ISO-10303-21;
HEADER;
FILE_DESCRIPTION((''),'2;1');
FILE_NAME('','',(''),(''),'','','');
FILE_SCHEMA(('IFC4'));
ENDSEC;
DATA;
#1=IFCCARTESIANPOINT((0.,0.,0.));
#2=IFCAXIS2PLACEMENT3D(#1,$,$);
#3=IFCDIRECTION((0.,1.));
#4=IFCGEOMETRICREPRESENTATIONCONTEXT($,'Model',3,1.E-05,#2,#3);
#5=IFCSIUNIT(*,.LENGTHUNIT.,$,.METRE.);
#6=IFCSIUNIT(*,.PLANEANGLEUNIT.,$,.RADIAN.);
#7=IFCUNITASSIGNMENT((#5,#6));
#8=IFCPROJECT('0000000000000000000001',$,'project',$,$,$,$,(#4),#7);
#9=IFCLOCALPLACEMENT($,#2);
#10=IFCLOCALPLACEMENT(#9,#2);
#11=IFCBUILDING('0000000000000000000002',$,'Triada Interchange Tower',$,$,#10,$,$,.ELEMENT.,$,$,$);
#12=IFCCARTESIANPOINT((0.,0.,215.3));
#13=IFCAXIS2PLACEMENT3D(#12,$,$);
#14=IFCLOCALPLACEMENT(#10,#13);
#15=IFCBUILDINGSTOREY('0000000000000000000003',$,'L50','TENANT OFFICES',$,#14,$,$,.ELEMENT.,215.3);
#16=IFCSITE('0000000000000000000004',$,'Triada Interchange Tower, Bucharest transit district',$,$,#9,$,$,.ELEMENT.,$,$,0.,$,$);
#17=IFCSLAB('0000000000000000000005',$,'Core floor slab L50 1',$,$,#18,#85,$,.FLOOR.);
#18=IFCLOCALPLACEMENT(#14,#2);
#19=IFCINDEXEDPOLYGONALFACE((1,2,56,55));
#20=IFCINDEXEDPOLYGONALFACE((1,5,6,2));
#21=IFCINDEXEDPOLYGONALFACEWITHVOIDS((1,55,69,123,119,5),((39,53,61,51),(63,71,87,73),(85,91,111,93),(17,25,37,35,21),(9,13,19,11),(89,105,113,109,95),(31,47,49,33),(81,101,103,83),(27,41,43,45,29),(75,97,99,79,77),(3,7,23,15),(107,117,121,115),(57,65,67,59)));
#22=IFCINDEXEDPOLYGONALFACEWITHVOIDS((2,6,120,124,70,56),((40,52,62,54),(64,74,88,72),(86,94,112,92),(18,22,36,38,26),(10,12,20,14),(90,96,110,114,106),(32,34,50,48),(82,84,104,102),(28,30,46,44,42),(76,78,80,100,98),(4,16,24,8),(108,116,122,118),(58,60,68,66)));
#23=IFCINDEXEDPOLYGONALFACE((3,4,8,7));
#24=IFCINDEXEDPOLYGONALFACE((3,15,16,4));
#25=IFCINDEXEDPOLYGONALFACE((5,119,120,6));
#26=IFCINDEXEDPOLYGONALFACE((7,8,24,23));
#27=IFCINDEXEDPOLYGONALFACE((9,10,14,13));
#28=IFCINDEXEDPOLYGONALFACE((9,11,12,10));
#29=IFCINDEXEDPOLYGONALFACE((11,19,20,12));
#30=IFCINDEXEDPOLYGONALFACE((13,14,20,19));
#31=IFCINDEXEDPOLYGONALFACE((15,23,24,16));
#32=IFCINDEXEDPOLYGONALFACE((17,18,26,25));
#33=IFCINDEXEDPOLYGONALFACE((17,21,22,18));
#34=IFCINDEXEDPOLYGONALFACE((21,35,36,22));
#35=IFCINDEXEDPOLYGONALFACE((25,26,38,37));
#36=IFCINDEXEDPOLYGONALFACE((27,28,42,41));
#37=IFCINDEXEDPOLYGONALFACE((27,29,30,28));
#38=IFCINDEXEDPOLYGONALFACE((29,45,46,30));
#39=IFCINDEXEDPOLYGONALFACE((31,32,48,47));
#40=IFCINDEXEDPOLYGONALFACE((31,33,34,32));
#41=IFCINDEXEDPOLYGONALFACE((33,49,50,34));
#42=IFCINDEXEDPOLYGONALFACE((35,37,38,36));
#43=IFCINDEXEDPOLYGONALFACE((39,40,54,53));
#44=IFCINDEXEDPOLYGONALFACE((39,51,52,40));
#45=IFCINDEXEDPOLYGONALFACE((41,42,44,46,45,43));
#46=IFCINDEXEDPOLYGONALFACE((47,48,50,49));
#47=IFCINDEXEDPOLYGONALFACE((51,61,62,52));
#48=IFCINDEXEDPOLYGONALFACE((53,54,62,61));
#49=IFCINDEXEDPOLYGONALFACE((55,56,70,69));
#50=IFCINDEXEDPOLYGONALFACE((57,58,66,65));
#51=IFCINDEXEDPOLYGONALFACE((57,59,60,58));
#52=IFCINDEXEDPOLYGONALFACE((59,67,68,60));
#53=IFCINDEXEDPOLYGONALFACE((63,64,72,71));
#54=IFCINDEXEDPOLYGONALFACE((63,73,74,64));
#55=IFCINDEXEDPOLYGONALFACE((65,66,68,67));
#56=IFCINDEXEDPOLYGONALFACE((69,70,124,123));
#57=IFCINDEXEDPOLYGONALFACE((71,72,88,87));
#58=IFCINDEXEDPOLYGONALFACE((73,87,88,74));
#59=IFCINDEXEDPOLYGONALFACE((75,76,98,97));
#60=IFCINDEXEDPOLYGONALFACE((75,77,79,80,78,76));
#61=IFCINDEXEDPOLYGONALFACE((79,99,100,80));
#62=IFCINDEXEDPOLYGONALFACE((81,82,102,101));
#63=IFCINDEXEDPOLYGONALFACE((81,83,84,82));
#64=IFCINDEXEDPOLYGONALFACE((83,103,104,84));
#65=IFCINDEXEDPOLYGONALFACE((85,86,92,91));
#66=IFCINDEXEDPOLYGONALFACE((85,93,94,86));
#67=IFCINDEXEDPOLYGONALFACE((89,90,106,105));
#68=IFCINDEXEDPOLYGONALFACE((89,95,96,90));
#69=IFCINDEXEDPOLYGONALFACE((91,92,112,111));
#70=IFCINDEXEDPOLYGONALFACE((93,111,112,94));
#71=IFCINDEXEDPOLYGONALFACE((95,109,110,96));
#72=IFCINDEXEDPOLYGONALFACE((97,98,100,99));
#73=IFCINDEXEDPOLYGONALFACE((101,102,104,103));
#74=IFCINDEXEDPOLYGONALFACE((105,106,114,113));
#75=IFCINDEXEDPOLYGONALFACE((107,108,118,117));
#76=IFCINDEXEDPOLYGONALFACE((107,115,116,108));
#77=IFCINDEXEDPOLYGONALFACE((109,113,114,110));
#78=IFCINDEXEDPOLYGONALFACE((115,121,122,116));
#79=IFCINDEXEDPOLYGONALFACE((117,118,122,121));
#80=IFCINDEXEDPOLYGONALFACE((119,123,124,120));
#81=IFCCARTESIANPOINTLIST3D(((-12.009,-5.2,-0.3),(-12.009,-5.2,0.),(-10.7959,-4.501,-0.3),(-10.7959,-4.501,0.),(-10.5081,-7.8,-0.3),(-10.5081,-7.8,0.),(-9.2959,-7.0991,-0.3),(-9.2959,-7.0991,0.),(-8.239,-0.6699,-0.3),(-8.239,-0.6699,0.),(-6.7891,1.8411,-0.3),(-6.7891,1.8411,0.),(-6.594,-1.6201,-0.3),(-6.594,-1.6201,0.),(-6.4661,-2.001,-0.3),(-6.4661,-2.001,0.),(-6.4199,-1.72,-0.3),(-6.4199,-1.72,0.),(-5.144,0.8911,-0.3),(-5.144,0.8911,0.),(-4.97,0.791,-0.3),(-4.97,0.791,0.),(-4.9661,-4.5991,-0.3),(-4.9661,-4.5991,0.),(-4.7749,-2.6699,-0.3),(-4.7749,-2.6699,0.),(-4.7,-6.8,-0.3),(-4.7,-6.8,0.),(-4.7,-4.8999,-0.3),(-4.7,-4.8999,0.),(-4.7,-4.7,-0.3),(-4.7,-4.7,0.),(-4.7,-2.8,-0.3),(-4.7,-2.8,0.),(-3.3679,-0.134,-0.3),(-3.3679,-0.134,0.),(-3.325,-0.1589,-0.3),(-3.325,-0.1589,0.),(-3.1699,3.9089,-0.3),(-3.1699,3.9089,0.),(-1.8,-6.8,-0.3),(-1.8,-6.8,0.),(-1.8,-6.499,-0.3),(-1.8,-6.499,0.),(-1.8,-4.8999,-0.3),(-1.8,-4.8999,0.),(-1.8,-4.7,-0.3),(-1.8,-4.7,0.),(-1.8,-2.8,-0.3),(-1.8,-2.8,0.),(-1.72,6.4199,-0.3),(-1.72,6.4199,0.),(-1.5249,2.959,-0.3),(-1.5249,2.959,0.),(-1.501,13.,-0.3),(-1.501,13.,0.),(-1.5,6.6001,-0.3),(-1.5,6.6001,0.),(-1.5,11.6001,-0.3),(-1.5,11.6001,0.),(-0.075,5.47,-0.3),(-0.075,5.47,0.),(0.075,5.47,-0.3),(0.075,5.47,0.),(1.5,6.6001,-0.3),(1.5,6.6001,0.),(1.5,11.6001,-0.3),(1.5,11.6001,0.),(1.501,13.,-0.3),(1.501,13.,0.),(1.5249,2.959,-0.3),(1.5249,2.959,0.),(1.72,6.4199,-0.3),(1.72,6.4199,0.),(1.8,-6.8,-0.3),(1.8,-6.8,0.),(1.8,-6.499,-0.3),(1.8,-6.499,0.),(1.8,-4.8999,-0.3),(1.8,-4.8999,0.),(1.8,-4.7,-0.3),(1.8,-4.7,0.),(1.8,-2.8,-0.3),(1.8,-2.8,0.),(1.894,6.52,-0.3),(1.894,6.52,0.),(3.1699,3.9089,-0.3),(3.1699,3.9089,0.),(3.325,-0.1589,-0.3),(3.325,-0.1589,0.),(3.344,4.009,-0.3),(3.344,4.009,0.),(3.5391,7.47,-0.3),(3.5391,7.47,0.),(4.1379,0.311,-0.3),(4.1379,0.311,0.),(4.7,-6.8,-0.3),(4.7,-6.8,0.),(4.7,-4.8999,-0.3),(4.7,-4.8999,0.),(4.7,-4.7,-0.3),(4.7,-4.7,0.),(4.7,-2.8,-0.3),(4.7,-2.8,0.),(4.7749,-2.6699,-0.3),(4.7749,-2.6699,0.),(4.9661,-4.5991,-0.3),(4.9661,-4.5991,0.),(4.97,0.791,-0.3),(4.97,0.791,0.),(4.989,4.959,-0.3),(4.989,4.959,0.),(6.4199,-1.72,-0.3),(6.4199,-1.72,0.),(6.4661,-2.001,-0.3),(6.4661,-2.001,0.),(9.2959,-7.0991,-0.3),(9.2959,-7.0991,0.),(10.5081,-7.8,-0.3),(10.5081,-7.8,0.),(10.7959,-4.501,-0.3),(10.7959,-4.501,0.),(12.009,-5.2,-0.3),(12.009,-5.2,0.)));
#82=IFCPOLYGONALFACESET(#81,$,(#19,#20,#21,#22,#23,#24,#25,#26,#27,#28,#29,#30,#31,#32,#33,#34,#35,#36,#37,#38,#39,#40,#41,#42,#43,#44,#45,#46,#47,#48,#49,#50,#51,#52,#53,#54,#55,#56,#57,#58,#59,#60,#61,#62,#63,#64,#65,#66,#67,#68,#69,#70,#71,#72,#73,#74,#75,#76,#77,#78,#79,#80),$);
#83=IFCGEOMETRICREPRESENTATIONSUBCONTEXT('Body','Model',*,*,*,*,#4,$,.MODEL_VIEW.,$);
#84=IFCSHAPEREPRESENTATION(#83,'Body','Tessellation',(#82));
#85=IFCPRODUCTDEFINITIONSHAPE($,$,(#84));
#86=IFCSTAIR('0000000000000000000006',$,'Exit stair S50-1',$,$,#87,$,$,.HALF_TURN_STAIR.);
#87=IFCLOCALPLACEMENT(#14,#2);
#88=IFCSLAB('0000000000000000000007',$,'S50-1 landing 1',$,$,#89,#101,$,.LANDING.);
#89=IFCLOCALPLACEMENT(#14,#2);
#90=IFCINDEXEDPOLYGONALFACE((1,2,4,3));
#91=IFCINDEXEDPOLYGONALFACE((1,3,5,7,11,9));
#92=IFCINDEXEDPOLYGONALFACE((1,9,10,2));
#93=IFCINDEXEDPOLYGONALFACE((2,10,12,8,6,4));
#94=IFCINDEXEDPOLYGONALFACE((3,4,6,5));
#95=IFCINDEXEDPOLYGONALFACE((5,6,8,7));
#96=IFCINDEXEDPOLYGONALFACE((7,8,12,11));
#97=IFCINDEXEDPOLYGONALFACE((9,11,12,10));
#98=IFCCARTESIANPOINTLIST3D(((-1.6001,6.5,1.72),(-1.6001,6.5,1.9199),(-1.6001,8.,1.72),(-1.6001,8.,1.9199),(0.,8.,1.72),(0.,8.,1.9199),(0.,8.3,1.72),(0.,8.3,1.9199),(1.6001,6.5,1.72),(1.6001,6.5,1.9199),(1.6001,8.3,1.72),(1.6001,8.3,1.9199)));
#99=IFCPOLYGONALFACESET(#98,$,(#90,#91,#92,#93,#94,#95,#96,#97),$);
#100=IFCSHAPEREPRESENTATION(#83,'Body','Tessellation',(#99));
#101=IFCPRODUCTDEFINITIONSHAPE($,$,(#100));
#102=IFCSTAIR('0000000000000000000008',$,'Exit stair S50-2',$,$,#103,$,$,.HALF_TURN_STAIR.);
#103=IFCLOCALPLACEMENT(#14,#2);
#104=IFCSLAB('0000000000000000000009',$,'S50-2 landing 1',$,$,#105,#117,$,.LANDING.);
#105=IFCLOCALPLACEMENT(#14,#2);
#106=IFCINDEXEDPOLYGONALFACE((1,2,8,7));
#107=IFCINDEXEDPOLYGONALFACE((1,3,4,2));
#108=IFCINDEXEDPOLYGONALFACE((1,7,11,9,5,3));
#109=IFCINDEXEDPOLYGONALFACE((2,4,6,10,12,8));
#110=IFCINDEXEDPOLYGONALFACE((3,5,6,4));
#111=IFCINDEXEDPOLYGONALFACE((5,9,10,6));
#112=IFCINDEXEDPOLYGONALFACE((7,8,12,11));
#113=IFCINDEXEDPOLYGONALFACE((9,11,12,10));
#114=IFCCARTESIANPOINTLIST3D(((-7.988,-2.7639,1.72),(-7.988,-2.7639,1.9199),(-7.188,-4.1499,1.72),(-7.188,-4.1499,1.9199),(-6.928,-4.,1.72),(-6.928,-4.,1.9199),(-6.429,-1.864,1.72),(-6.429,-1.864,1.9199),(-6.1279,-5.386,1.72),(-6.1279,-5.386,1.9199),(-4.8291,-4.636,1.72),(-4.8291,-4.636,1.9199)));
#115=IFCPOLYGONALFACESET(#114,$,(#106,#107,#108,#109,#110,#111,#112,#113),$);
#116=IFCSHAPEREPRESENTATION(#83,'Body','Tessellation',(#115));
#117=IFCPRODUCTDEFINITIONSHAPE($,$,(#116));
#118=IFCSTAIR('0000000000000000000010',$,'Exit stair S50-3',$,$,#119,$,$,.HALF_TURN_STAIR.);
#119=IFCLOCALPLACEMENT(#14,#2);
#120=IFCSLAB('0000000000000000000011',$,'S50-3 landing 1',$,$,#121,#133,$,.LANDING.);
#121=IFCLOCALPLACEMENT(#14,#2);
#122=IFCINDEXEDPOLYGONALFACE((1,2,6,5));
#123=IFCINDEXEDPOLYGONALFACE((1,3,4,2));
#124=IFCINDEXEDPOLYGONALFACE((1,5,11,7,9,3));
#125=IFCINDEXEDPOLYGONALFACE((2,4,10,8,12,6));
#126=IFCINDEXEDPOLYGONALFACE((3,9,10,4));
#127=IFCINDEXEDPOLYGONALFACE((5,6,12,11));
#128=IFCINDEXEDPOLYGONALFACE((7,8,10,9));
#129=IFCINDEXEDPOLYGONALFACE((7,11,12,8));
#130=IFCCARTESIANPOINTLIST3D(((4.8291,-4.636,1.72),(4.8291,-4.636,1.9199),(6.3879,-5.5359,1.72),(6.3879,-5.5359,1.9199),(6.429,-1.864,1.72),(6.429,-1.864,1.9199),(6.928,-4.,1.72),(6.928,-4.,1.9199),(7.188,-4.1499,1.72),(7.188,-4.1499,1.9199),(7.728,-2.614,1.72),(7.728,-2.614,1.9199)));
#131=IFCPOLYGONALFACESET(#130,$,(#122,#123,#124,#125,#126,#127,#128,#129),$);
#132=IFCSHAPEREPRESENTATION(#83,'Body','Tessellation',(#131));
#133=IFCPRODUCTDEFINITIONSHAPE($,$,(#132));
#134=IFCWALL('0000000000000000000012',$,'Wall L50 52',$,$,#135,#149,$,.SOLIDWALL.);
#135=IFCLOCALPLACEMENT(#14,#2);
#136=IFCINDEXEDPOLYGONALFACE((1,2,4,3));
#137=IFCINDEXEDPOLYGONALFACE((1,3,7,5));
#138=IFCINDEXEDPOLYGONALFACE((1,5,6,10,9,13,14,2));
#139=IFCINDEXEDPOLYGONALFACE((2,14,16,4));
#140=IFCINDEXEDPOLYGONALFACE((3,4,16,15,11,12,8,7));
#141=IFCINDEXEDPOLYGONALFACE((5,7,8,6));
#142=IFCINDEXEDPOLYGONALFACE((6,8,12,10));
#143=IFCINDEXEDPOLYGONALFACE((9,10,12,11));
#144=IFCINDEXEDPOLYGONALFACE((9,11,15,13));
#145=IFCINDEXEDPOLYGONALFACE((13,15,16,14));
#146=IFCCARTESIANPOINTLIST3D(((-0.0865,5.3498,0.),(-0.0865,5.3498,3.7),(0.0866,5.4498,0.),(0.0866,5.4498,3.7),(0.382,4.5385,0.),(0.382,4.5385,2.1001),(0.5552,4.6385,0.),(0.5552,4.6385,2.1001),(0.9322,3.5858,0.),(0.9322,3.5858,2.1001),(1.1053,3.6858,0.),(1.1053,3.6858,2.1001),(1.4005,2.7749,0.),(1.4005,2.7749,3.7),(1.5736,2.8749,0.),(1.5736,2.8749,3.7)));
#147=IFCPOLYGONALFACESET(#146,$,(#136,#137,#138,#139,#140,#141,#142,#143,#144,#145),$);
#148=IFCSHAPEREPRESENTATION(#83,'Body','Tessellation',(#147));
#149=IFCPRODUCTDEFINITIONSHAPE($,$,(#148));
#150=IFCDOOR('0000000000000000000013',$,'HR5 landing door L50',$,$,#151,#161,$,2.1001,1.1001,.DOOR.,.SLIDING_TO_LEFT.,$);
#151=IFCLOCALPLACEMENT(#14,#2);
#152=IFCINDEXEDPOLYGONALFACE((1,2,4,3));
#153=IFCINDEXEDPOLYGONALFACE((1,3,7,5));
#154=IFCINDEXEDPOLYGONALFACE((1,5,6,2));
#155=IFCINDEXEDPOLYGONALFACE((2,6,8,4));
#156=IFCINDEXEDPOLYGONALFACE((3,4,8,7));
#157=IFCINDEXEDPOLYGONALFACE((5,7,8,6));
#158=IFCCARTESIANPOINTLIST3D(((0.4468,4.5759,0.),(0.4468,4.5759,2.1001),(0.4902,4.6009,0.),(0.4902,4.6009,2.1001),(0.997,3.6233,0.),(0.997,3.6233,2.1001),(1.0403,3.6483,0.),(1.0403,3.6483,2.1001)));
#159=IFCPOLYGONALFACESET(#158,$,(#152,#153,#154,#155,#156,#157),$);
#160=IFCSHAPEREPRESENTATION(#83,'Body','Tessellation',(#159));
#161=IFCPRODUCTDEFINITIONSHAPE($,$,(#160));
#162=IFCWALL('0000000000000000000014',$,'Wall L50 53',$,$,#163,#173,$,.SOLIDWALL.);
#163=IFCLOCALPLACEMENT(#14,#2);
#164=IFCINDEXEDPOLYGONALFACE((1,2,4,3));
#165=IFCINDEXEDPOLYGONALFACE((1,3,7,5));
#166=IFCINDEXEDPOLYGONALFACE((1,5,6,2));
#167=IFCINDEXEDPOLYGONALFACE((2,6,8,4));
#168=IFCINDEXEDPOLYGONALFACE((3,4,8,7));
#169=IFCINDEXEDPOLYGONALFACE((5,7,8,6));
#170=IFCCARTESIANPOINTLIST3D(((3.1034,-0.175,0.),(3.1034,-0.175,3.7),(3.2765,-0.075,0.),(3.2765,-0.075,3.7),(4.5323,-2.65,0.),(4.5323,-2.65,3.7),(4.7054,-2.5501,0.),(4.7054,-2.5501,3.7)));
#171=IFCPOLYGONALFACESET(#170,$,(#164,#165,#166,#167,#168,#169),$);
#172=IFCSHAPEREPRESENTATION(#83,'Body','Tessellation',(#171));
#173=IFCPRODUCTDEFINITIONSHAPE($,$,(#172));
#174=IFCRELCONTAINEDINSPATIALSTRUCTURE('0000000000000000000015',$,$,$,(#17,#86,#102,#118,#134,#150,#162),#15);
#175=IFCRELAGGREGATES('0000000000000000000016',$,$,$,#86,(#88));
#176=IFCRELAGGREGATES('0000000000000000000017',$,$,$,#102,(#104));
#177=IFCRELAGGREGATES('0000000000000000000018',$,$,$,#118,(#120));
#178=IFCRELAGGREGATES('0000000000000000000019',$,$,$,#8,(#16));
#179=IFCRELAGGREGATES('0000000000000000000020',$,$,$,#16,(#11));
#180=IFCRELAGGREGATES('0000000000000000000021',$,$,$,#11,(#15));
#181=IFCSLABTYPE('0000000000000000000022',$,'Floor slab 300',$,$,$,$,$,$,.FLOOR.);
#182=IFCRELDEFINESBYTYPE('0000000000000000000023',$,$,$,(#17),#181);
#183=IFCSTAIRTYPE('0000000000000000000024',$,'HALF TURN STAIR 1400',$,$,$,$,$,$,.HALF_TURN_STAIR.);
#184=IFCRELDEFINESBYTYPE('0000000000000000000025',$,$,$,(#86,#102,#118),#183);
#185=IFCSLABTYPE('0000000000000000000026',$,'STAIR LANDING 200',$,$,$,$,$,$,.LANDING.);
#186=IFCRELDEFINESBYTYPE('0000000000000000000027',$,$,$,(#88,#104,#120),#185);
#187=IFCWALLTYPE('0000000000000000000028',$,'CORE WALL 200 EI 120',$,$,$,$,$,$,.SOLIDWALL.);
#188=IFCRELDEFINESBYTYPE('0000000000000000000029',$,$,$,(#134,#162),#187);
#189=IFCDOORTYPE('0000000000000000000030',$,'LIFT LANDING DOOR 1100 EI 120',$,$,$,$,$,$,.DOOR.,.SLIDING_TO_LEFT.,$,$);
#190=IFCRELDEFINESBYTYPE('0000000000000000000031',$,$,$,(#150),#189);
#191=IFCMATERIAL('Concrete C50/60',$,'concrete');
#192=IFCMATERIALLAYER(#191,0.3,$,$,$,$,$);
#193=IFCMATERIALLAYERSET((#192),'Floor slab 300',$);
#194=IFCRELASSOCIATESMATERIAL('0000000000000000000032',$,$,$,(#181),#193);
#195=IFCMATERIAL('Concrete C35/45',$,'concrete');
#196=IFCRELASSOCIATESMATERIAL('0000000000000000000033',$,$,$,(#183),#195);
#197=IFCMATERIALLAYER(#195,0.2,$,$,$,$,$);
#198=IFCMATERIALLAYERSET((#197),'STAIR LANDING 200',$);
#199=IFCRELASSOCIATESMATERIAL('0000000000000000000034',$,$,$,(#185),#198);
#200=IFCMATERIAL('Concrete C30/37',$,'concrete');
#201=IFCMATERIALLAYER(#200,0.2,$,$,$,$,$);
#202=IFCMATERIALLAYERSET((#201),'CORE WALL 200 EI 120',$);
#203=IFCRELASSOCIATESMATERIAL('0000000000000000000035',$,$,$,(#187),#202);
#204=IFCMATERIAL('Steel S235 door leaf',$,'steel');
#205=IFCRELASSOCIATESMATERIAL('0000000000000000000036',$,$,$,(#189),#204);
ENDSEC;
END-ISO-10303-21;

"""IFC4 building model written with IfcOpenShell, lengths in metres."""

from ifc_helpers import new_model, si_unit, direction, frame, frame_2d, origin, place, context, subcontext, project, spatial, polyline, rectangle, outline, extrude, material, layer, layer_set, type_object, element, fill, aggregate, save


model = new_model("IFC4")

# Units and contexts
model_context = context("Model", 3, precision=1e-05, world=origin(), true_north=direction((0.0, 1.0)))
body_context = subcontext(model_context, "Body", "Model", "MODEL_VIEW")
ifc_project = project(units=[si_unit("LENGTHUNIT", "METRE"), si_unit("PLANEANGLEUNIT", "RADIAN")], contexts=[model_context])

# Site, building, storey
site_placement = place(None, origin())
site = spatial("IfcSite", under=ifc_project, at=site_placement, Name="Triada Interchange Tower, Bucharest transit district", CompositionType="ELEMENT", RefElevation=0.0)
building_placement = place(site_placement, origin())
building = spatial("IfcBuilding", under=site, at=building_placement, Name="Triada Interchange Tower", CompositionType="ELEMENT")
storey_placement = place(building_placement, frame((0.0, 0.0, 215.3)))
storey = spatial("IfcBuildingStorey", under=building, at=storey_placement, Name="L50", Description="TENANT OFFICES", CompositionType="ELEMENT", Elevation=215.3)

# Slab
ifc_material_1 = material(Name="Concrete C50/60", Category="concrete")
ifc_layer_1 = layer(ifc_material_1, 0.3)
ifc_layer_set_1 = layer_set([ifc_layer_1], Name="Floor slab 300")
slab_type_1 = type_object("IfcSlabType", Name="Floor slab 300", PredefinedType="FLOOR", material=ifc_layer_set_1)
slab_1_placement = place(storey_placement, frame((0.0, 0.0, -0.3)))
element("IfcSlab", 1, at=slab_1_placement, inside=storey, type_object=slab_type_1, Name="Core floor slab L50 1", PredefinedType="FLOOR", context=body_context, shape_type="SweptSolid", body=[
    extrude(outline(polyline([(12.009, -5.2), (10.5081, -7.8), (-10.5081, -7.8), (-12.009, -5.2), (-1.501, 13.0), (1.501, 13.0), (12.009, -5.2)]), holes=[polyline([(9.2959, -7.0991), (10.7959, -4.501), (6.4661, -2.001), (4.9661, -4.5991), (9.2959, -7.0991)]), polyline([(4.7749, -2.6699), (6.4199, -1.72), (4.97, 0.791), (4.1379, 0.311), (3.325, -0.1589), (4.7749, -2.6699)]), polyline([(1.894, 6.52), (3.344, 4.009), (4.989, 4.959), (3.5391, 7.47), (1.894, 6.52)]), polyline([(1.8, -4.8999), (1.8, -6.499), (1.8, -6.8), (4.7, -6.8), (4.7, -4.8999), (1.8, -4.8999)]), polyline([(4.7, -2.8), (1.8, -2.8), (1.8, -4.7), (4.7, -4.7), (4.7, -2.8)]), polyline([(0.075, 5.47), (1.5249, 2.959), (3.1699, 3.9089), (1.72, 6.4199), (0.075, 5.47)]), polyline([(-1.5, 11.6001), (-1.5, 6.6001), (1.5, 6.6001), (1.5, 11.6001), (-1.5, 11.6001)]), polyline([(-1.5249, 2.959), (-0.075, 5.47), (-1.72, 6.4199), (-3.1699, 3.9089), (-1.5249, 2.959)]), polyline([(-1.8, -2.8), (-4.7, -2.8), (-4.7, -4.7), (-1.8, -4.7), (-1.8, -2.8)]), polyline([(-4.7, -6.8), (-1.8, -6.8), (-1.8, -6.499), (-1.8, -4.8999), (-4.7, -4.8999), (-4.7, -6.8)]), polyline([(-3.3679, -0.134), (-4.97, 0.791), (-6.4199, -1.72), (-4.7749, -2.6699), (-3.325, -0.1589), (-3.3679, -0.134)]), polyline([(-10.7959, -4.501), (-9.2959, -7.0991), (-4.9661, -4.5991), (-6.4661, -2.001), (-10.7959, -4.501)]), polyline([(-6.594, -1.6201), (-5.144, 0.8911), (-6.7891, 1.8411), (-8.239, -0.6699), (-6.594, -1.6201)])]), origin(), (0.0, 0.0, 1.0), 0.3),
])

# Stairs, slabs
ifc_material_2 = material(Name="Concrete C35/45", Category="concrete")
stair_type = type_object("IfcStairType", Name="HALF TURN STAIR 1400", PredefinedType="HALF_TURN_STAIR", material=ifc_material_2)
stair_1_placement = place(storey_placement, origin())
stair_1 = element("IfcStair", 2, at=stair_1_placement, inside=storey, type_object=stair_type, Name="Exit stair S50-1", PredefinedType="HALF_TURN_STAIR")
ifc_layer_2 = layer(ifc_material_2, 0.2)
ifc_layer_set_2 = layer_set([ifc_layer_2], Name="STAIR LANDING 200")
slab_type_2 = type_object("IfcSlabType", Name="STAIR LANDING 200", PredefinedType="LANDING", material=ifc_layer_set_2)
slab_2_placement = place(storey_placement, frame((0.0, 0.0, 1.72)))
slab_2 = element("IfcSlab", 3, at=slab_2_placement, type_object=slab_type_2, Name="S50-1 landing 1", PredefinedType="LANDING", context=body_context, shape_type="SweptSolid", body=[
    extrude(outline(polyline([(1.6001, 6.5), (1.6001, 8.3), (0.0, 8.3), (0.0, 8.0), (-1.6001, 8.0), (-1.6001, 6.5), (1.6001, 6.5)])), origin(), (0.0, 0.0, 1.0), 0.2),
])
aggregate(stair_1, [slab_2])
stair_2_placement = place(storey_placement, origin())
stair_2 = element("IfcStair", 4, at=stair_2_placement, inside=storey, type_object=stair_type, Name="Exit stair S50-2", PredefinedType="HALF_TURN_STAIR")
slab_3_placement = place(storey_placement, frame((0.0, 0.0, 1.72)))
slab_3 = element("IfcSlab", 5, at=slab_3_placement, type_object=slab_type_2, Name="S50-2 landing 1", PredefinedType="LANDING", context=body_context, shape_type="SweptSolid", body=[
    extrude(outline(polyline([(-6.429, -1.864), (-7.988, -2.7639), (-7.188, -4.1499), (-6.928, -4.0), (-6.1279, -5.386), (-4.8291, -4.636), (-6.429, -1.864)])), origin(), (0.0, 0.0, 1.0), 0.2),
])
aggregate(stair_2, [slab_3])
stair_3_placement = place(storey_placement, origin())
stair_3 = element("IfcStair", 6, at=stair_3_placement, inside=storey, type_object=stair_type, Name="Exit stair S50-3", PredefinedType="HALF_TURN_STAIR")
slab_4_placement = place(storey_placement, frame((0.0, 0.0, 1.72)))
slab_4 = element("IfcSlab", 7, at=slab_4_placement, type_object=slab_type_2, Name="S50-3 landing 1", PredefinedType="LANDING", context=body_context, shape_type="SweptSolid", body=[
    extrude(outline(polyline([(4.8291, -4.636), (6.3879, -5.5359), (7.188, -4.1499), (6.928, -4.0), (7.728, -2.614), (6.429, -1.864), (4.8291, -4.636)])), origin(), (0.0, 0.0, 1.0), 0.2),
])
aggregate(stair_3, [slab_4])

# Wall, opening, door
ifc_material_3 = material(Name="Concrete C30/37", Category="concrete")
ifc_layer_3 = layer(ifc_material_3, 0.2)
ifc_layer_set_3 = layer_set([ifc_layer_3], Name="CORE WALL 200 EI 120")
wall_type_1 = type_object("IfcWallType", Name="CORE WALL 200 EI 120", PredefinedType="SOLIDWALL", material=ifc_layer_set_3)
wall_1_placement = place(storey_placement, frame((0.0, 5.3999, 0.0), z_axis=(0.0, 0.0, 1.0), x_axis=(0.500104, -0.865965, 0.0)))
wall_1 = element("IfcWall", 8, at=wall_1_placement, inside=storey, type_object=wall_type_1, Name="Wall L50 52", PredefinedType="SOLIDWALL", context=body_context, shape_type="SweptSolid", body=[
    extrude(rectangle(XDim=2.9734, YDim=0.2, at=frame_2d((1.4868, 0.0))), origin(), (0.0, 0.0, 1.0), 3.7),
])
opening_1_placement = place(wall_1_placement, frame((0.937, 0.0, 0.0)))
opening_1 = element("IfcOpeningElement", 9, at=opening_1_placement, cuts=wall_1, PredefinedType="OPENING", context=body_context, shape_type="SweptSolid", body=[
    extrude(rectangle(XDim=1.1001, YDim=2.1001, at=frame_2d((0.55, 1.05))), frame((0.0, 0.1099, 0.0), z_axis=(0.0, -1.0, 0.0), x_axis=(1.0, 0.0, 0.0)), (0.0, 0.0, 1.0), 0.22),
])
ifc_material_4 = material(Name="Steel S235 door leaf", Category="steel")
door_type_1 = type_object("IfcDoorType", Name="LIFT LANDING DOOR 1100 EI 120", OperationType="SLIDING_TO_LEFT", PredefinedType="DOOR", material=ifc_material_4)
door_1_placement = place(opening_1_placement, origin())
door_1 = element("IfcDoor", 10, at=door_1_placement, inside=storey, type_object=door_type_1, Name="HR5 landing door L50", OperationType="SLIDING_TO_LEFT", OverallHeight=2.1001, OverallWidth=1.1001, PredefinedType="DOOR", context=body_context, shape_type="SweptSolid", body=[
    extrude(rectangle(XDim=1.1001, YDim=2.1001, at=frame_2d((0.55, 1.05))), frame((0.0, 0.0249, 0.0), z_axis=(0.0, -1.0, 0.0), x_axis=(1.0, 0.0, 0.0)), (0.0, 0.0, 1.0), 0.05),
])
fill(opening_1, door_1)

# Wall
wall_2_placement = place(storey_placement, frame((3.1899, -0.125, 0.0), z_axis=(0.0, 0.0, 1.0), x_axis=(0.499989, -0.866032, 0.0)))
element("IfcWall", 11, at=wall_2_placement, inside=storey, type_object=wall_type_1, Name="Wall L50 53", PredefinedType="SOLIDWALL", context=body_context, shape_type="SweptSolid", body=[
    extrude(rectangle(XDim=2.8579, YDim=0.2, at=frame_2d((1.429, 0.0))), origin(), (0.0, 0.0, 1.0), 3.7),
])

save(model, "model.ifc")
